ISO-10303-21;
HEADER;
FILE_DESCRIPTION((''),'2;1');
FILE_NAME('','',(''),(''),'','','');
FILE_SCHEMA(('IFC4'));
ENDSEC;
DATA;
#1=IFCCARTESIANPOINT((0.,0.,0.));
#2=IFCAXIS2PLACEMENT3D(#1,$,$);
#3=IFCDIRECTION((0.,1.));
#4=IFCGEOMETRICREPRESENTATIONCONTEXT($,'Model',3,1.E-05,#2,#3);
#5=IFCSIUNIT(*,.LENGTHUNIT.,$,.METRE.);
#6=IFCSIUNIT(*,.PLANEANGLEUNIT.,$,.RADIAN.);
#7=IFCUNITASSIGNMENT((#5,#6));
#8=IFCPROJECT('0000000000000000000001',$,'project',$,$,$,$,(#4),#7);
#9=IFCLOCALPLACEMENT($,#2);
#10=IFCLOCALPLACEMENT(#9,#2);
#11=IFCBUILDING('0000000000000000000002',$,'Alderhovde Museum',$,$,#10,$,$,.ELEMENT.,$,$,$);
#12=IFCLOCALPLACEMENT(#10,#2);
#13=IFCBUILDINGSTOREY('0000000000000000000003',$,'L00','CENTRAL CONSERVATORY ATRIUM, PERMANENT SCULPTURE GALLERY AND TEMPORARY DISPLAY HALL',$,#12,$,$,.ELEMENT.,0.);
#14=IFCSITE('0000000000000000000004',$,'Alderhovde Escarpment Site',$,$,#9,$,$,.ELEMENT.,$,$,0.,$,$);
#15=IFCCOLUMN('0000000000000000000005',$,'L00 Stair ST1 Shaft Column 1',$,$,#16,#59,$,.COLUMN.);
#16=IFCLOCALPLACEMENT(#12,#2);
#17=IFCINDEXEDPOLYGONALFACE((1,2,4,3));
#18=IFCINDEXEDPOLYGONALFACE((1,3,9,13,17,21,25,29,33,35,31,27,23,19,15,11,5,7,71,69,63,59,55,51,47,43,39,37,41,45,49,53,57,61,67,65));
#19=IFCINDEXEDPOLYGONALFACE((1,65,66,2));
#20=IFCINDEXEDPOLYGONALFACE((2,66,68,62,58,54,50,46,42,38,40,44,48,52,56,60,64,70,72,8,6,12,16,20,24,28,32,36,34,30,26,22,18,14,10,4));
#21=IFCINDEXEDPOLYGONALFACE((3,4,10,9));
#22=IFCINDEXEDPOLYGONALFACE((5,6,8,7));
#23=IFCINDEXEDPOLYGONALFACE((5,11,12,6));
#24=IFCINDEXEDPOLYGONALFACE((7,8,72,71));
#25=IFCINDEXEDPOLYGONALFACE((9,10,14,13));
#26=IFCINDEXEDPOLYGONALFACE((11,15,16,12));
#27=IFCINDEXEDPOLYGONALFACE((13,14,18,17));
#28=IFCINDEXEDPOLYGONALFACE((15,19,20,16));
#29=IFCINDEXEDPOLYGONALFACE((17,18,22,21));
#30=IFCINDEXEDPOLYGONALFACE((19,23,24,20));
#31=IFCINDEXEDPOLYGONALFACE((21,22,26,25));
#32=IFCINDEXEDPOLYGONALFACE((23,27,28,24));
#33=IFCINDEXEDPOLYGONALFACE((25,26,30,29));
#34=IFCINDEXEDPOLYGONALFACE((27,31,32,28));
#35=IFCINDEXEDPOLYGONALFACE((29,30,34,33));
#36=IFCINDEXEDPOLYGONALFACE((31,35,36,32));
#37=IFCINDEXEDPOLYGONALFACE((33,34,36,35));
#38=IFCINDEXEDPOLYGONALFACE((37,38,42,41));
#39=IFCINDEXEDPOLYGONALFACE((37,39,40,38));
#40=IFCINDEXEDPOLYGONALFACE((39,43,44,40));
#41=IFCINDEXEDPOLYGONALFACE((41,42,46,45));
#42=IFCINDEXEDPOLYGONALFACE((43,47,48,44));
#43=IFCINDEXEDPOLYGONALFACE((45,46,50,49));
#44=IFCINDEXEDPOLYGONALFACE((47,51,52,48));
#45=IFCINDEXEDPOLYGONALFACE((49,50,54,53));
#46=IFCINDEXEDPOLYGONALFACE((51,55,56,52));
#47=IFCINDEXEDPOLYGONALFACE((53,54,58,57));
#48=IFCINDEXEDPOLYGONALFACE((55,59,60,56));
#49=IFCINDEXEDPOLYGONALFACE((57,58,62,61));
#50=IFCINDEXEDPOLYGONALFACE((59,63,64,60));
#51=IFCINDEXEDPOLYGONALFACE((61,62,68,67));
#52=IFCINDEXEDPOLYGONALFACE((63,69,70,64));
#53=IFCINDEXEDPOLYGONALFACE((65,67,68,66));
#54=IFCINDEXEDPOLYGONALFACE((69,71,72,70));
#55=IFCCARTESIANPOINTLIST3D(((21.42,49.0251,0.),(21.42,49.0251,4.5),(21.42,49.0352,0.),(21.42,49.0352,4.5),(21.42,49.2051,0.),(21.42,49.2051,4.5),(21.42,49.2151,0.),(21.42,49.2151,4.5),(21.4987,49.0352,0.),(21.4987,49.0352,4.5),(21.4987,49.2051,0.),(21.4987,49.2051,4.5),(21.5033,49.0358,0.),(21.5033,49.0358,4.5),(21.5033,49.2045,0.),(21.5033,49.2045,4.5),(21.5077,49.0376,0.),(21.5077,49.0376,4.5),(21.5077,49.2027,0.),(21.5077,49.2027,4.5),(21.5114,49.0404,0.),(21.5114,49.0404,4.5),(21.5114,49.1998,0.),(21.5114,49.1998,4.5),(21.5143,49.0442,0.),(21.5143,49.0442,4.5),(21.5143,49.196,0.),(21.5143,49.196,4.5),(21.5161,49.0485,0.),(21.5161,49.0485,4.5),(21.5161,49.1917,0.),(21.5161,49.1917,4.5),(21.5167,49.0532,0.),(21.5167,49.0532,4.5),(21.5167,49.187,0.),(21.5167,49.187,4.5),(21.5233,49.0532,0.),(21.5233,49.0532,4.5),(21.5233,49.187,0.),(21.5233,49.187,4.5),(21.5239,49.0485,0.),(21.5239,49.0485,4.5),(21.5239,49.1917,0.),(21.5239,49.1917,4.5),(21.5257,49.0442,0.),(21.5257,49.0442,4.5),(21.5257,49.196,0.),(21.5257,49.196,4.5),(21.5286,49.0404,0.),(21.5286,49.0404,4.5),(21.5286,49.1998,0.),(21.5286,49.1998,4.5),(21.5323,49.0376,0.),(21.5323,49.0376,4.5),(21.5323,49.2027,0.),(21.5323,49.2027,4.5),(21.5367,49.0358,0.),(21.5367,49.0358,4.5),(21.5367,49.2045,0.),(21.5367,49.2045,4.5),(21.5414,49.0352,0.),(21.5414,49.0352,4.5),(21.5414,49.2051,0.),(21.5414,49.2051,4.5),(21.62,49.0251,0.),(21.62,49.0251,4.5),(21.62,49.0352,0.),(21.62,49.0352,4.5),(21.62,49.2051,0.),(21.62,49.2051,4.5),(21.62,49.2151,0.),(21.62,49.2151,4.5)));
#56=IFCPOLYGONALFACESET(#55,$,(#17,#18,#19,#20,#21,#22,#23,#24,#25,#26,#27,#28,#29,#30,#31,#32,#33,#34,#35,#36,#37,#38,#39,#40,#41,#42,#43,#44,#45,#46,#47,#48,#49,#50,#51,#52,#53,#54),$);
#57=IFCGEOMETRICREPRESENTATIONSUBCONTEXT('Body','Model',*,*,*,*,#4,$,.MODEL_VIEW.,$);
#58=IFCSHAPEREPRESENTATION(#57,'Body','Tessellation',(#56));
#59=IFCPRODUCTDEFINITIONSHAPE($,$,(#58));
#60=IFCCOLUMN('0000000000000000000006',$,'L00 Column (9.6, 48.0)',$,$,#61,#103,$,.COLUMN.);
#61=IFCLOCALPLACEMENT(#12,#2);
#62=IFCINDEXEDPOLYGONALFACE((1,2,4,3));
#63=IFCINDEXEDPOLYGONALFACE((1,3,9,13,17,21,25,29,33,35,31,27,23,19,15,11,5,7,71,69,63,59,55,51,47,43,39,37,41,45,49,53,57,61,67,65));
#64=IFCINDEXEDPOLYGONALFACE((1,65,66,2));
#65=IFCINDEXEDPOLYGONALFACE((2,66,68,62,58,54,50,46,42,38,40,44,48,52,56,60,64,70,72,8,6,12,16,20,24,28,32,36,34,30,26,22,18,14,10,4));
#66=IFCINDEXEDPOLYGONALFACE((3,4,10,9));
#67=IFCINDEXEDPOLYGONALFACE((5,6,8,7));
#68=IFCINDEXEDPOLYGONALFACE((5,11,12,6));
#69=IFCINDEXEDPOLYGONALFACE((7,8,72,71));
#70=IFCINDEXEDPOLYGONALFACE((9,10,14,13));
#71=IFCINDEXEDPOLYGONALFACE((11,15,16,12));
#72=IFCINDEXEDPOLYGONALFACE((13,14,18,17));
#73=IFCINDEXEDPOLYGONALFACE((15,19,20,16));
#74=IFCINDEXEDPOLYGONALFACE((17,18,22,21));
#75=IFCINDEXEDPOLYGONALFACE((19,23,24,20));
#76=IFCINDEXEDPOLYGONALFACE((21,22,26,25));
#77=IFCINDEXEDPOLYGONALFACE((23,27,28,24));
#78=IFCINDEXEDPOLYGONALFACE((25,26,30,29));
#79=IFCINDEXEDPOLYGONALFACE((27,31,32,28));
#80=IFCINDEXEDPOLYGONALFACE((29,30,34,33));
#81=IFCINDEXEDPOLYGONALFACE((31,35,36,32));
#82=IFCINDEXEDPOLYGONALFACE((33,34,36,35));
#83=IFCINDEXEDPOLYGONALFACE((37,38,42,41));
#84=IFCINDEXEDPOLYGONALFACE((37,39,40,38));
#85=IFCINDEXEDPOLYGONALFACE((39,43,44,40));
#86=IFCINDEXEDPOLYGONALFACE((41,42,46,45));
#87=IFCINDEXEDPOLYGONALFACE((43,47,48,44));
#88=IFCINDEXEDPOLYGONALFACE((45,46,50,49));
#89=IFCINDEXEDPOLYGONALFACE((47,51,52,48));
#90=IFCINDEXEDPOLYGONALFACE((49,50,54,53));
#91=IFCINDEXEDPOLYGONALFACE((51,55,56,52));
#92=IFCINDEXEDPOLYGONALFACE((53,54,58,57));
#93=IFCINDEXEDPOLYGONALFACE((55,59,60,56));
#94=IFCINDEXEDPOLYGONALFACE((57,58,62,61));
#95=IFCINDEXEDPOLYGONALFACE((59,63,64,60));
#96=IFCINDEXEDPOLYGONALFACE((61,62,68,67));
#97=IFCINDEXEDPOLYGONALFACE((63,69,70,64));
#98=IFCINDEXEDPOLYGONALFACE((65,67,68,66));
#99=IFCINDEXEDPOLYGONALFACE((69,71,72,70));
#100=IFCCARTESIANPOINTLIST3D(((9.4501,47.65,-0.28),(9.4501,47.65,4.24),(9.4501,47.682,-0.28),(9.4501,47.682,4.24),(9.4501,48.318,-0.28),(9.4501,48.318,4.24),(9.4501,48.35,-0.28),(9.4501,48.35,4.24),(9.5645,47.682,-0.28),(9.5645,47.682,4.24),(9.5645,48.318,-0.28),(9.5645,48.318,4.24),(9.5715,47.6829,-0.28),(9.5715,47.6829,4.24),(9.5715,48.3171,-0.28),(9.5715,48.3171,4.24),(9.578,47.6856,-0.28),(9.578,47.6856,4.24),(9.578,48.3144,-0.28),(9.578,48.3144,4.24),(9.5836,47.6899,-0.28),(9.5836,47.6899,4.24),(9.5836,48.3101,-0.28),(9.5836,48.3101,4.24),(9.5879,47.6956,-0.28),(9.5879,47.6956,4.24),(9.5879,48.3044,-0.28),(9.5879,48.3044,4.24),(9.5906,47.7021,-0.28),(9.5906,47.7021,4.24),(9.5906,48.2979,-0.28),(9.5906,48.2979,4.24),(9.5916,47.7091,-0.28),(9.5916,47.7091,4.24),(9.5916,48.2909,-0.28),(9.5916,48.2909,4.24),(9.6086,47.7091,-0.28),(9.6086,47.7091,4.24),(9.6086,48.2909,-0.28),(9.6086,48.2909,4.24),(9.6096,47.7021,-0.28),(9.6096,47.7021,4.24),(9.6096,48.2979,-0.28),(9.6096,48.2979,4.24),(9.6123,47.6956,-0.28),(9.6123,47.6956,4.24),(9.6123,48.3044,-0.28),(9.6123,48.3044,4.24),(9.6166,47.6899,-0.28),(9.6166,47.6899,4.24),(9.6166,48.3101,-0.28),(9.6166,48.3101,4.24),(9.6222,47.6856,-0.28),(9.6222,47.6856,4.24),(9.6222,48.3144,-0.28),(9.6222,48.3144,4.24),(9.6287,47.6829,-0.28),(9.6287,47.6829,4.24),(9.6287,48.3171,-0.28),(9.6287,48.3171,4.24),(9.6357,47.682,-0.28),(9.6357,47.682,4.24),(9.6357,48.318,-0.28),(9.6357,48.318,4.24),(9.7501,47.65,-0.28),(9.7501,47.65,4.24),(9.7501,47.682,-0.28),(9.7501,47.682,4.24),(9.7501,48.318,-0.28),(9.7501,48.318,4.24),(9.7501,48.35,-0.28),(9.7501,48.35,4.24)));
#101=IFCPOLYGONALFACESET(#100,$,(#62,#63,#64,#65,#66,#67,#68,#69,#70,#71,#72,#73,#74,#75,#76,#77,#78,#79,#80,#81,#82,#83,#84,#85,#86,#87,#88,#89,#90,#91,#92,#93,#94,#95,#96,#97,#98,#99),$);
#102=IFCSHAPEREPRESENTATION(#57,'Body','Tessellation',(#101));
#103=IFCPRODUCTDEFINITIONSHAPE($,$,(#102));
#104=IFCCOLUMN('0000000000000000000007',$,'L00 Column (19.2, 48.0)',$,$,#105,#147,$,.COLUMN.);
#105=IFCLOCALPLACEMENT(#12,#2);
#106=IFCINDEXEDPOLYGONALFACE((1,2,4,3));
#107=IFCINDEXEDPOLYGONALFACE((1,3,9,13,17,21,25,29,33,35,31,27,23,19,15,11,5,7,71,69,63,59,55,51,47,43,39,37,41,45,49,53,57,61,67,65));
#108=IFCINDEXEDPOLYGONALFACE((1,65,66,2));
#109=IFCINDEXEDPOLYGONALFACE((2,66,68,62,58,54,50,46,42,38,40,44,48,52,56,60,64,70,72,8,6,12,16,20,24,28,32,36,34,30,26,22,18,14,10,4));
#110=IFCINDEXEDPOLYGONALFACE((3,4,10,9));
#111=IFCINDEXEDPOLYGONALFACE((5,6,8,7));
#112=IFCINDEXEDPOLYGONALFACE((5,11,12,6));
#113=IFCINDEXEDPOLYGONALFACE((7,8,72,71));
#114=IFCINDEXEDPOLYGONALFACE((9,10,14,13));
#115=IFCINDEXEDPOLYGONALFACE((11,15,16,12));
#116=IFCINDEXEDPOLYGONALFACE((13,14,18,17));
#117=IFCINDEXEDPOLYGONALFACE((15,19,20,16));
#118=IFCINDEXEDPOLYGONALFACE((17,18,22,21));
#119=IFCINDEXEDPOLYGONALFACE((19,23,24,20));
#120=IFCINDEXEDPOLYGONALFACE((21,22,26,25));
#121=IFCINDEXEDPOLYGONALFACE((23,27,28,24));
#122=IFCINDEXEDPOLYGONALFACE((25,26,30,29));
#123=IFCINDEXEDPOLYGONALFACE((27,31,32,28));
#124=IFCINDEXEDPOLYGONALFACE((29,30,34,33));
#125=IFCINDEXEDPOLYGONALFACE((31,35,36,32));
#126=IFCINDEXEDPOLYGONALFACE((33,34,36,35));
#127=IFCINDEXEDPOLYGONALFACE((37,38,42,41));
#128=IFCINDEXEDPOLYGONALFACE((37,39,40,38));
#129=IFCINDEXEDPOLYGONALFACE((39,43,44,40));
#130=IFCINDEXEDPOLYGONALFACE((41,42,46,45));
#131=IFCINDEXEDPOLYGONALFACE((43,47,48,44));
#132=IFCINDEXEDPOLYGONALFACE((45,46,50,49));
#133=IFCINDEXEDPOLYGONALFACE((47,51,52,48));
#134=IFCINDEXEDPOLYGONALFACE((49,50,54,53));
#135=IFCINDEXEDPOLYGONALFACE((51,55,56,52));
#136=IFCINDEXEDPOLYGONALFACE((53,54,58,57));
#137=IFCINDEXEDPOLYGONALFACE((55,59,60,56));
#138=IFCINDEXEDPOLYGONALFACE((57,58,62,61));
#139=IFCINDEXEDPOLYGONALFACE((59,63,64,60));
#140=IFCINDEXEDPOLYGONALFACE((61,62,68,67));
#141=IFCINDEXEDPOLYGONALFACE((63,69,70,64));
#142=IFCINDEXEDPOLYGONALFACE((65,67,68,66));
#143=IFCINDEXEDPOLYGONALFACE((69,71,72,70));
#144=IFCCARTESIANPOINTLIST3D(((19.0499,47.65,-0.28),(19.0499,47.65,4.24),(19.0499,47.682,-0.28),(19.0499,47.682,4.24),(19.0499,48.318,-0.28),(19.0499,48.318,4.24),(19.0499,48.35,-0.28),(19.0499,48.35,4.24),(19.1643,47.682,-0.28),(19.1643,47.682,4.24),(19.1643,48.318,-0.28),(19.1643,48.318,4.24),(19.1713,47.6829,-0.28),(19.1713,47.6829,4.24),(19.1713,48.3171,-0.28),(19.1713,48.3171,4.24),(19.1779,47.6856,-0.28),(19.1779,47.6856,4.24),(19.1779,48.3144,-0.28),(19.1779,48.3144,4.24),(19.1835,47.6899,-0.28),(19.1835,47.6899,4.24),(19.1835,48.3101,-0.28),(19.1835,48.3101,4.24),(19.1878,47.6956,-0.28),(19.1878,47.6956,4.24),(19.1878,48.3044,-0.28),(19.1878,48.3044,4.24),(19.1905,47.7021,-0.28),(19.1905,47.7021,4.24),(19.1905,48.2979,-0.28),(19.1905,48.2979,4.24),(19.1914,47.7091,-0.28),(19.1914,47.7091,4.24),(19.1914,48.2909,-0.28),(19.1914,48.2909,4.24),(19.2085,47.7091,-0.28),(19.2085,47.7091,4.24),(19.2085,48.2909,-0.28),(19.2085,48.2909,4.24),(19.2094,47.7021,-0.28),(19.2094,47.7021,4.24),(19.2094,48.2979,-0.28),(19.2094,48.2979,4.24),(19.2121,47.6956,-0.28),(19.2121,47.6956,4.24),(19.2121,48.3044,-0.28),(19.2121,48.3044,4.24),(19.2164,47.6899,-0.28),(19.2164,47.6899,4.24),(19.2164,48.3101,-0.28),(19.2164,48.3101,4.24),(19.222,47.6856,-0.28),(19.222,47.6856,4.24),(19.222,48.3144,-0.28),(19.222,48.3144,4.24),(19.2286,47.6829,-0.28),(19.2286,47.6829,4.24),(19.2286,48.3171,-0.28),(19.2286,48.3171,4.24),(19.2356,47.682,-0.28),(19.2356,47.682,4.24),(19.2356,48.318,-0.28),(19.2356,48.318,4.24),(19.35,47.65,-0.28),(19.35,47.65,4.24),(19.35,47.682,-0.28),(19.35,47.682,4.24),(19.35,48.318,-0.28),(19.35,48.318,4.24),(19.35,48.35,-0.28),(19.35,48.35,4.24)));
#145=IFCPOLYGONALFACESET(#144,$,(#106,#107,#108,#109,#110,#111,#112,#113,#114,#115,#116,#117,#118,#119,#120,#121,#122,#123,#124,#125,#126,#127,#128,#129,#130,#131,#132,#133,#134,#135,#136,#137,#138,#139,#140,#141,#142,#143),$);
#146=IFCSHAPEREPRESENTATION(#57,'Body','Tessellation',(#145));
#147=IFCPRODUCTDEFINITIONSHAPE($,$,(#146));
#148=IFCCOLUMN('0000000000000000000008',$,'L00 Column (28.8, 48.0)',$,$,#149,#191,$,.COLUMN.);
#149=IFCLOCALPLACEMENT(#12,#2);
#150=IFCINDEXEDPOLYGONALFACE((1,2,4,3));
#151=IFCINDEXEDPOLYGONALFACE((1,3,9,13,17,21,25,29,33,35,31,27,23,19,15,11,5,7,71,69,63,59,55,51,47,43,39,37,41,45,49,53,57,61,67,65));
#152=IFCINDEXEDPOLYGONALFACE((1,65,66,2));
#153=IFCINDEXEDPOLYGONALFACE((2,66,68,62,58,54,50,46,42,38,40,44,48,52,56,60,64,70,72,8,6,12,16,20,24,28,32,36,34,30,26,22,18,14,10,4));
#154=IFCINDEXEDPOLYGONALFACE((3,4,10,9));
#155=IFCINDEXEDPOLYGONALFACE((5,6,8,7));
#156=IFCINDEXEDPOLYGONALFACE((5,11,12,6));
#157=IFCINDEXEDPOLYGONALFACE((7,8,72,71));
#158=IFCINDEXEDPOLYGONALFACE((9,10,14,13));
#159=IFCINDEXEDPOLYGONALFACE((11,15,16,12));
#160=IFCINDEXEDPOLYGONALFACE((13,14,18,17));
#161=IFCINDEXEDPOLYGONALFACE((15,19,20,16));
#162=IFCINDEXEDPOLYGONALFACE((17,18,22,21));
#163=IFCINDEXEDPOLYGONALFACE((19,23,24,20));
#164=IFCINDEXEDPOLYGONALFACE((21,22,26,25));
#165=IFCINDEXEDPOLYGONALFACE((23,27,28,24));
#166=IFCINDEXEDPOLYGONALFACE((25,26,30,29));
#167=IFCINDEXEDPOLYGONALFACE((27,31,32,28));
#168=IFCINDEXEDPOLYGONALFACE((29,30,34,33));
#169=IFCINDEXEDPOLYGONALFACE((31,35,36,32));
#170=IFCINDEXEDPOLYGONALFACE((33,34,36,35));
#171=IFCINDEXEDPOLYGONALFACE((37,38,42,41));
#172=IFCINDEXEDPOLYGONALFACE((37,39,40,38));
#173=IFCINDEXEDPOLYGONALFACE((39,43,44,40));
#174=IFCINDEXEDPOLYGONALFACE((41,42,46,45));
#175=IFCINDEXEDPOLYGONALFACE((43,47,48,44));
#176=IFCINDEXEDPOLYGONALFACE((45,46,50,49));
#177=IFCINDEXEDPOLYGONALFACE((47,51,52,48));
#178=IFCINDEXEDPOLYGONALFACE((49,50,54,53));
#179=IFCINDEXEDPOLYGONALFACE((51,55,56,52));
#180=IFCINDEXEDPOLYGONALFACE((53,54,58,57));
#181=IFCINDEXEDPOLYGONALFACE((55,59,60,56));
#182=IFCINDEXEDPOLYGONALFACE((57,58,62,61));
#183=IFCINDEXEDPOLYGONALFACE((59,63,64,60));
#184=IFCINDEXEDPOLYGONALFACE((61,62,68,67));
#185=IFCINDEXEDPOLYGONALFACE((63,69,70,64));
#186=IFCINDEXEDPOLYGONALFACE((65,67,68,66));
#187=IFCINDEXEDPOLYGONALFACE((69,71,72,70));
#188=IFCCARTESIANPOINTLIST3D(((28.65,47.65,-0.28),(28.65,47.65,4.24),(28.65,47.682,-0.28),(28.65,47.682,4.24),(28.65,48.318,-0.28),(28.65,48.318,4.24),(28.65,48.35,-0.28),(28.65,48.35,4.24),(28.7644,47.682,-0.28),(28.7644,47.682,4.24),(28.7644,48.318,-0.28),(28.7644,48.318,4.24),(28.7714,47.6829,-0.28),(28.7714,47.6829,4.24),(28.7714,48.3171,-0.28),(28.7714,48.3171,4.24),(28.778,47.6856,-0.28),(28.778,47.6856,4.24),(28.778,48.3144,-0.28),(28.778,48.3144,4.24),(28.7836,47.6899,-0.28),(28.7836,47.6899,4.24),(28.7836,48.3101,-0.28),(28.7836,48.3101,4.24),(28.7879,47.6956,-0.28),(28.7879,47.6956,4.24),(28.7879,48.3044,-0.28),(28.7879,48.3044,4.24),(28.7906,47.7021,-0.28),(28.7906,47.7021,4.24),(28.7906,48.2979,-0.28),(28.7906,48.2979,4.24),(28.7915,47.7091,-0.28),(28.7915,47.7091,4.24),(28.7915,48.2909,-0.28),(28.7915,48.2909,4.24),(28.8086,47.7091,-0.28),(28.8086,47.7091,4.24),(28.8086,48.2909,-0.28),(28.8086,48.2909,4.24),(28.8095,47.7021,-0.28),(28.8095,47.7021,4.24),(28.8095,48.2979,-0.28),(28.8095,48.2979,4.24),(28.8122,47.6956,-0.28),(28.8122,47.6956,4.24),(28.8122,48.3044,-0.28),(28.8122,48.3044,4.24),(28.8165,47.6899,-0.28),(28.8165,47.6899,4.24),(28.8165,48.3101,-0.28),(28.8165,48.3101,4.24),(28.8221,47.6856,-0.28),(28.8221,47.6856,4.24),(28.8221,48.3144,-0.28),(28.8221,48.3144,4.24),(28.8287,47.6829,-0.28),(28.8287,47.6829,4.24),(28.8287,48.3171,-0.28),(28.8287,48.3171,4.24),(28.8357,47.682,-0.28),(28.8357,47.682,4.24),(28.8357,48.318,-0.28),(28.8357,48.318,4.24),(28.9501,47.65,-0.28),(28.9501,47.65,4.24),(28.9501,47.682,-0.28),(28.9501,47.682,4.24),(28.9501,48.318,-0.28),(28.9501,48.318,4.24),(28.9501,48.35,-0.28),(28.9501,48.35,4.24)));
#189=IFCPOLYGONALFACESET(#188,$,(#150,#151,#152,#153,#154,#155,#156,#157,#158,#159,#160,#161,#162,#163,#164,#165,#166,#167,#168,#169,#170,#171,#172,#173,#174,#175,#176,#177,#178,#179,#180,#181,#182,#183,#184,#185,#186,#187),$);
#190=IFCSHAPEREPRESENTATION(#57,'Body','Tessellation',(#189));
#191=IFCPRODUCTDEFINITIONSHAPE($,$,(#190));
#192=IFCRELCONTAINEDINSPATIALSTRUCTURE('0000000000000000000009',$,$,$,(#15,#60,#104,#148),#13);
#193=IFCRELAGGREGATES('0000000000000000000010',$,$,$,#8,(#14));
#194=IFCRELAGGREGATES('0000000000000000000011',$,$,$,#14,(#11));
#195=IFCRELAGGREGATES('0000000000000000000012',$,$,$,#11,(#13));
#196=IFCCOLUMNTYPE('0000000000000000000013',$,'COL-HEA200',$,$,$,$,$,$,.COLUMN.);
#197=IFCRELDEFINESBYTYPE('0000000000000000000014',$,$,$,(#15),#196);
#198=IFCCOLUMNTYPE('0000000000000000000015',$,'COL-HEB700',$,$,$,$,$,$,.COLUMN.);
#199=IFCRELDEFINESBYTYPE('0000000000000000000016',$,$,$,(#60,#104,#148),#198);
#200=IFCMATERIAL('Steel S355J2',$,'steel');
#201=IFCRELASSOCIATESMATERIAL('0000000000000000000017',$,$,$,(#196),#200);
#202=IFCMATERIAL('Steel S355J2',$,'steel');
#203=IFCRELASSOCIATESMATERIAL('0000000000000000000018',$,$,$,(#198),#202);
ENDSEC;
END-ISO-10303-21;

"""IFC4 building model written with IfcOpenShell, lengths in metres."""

from ifc_helpers import new_model, si_unit, direction, frame, origin, origin_2d, place, context, subcontext, project, spatial, i_section, extrude, material, material_profile, profile_set, type_object, element, save


model = new_model("IFC4")

# Units and contexts
model_context = context("Model", 3, precision=1e-05, world=origin(), true_north=direction((0.0, 1.0)))
body_context = subcontext(model_context, "Body", "Model", "MODEL_VIEW")
ifc_project = project(units=[si_unit("LENGTHUNIT", "METRE"), si_unit("PLANEANGLEUNIT", "RADIAN")], contexts=[model_context])

# Site, building, storey
site_placement = place(None, origin())
site = spatial("IfcSite", under=ifc_project, at=site_placement, Name="Alderhovde Escarpment Site", CompositionType="ELEMENT", RefElevation=0.0)
building_placement = place(site_placement, origin())
building = spatial("IfcBuilding", under=site, at=building_placement, Name="Alderhovde Museum", CompositionType="ELEMENT")
storey_placement = place(building_placement, origin())
storey = spatial("IfcBuildingStorey", under=building, at=storey_placement, Name="L00", Description="CENTRAL CONSERVATORY ATRIUM, PERMANENT SCULPTURE GALLERY AND TEMPORARY DISPLAY HALL", CompositionType="ELEMENT", Elevation=0.0)

# Columns
ifc_material_1 = material(Name="Steel S355J2", Category="steel")
ifc_material_profile_1 = material_profile(ifc_material_1, i_section(OverallWidth=0.2, OverallDepth=0.1899, WebThickness=0.0066, FlangeThickness=0.01, FilletRadius=0.0181, at=origin_2d()), Name="HEA 200")
ifc_profile_set_1 = profile_set([ifc_material_profile_1], Name="Steel S355J2")
column_type_1 = type_object("IfcColumnType", Name="COL-HEA200", PredefinedType="COLUMN", material=ifc_profile_set_1)
column_placement = place(storey_placement, frame((21.52, 49.1201, 0.0), z_axis=(0.0, 0.0, 1.0), x_axis=(1.0, 0.0, 0.0)))
element("IfcColumn", 1, at=column_placement, inside=storey, type_object=column_type_1, Name="L00 Stair ST1 Shaft Column 1", PredefinedType="COLUMN", context=body_context, shape_type="SweptSolid", body=[
    extrude(i_section(OverallWidth=0.2, OverallDepth=0.1899, WebThickness=0.0066, FlangeThickness=0.01, FilletRadius=0.0181, at=origin_2d()), origin(), (0.0, 0.0, 1.0), 4.5),
])
ifc_material_2 = material(Name="Steel S355J2", Category="steel")
ifc_material_profile_2 = material_profile(ifc_material_2, i_section(OverallWidth=0.3, OverallDepth=0.7, WebThickness=0.0171, FlangeThickness=0.032, FilletRadius=0.0271, at=origin_2d()), Name="HEB 700")
ifc_profile_set_2 = profile_set([ifc_material_profile_2], Name="Steel S355J2")
column_type_2 = type_object("IfcColumnType", Name="COL-HEB700", PredefinedType="COLUMN", material=ifc_profile_set_2)
for number, where, z_axis, x_axis, name in (
    (2, (9.6001, 48.0, -0.28), (0.0, 0.0, 1.0), (1.0, 0.0, 0.0), "L00 Column (9.6, 48.0)"),
    (3, (19.2, 48.0, -0.28), (0.0, 0.0, 1.0), (1.0, 0.0, 0.0), "L00 Column (19.2, 48.0)"),
    (4, (28.8, 48.0, -0.28), (0.0, 0.0, 1.0), (1.0, 0.0, 0.0), "L00 Column (28.8, 48.0)"),
):
    element("IfcColumn", number, at=place(storey_placement, frame(where, z_axis=z_axis, x_axis=x_axis)), inside=storey, type_object=column_type_2, Name=name, PredefinedType="COLUMN", context=body_context, shape_type="SweptSolid", body=[
        extrude(i_section(OverallWidth=0.3, OverallDepth=0.7, WebThickness=0.0171, FlangeThickness=0.032, FilletRadius=0.0271, at=origin_2d()), origin(), (0.0, 0.0, 1.0), 4.52),
    ])

save(model, "model.ifc")
